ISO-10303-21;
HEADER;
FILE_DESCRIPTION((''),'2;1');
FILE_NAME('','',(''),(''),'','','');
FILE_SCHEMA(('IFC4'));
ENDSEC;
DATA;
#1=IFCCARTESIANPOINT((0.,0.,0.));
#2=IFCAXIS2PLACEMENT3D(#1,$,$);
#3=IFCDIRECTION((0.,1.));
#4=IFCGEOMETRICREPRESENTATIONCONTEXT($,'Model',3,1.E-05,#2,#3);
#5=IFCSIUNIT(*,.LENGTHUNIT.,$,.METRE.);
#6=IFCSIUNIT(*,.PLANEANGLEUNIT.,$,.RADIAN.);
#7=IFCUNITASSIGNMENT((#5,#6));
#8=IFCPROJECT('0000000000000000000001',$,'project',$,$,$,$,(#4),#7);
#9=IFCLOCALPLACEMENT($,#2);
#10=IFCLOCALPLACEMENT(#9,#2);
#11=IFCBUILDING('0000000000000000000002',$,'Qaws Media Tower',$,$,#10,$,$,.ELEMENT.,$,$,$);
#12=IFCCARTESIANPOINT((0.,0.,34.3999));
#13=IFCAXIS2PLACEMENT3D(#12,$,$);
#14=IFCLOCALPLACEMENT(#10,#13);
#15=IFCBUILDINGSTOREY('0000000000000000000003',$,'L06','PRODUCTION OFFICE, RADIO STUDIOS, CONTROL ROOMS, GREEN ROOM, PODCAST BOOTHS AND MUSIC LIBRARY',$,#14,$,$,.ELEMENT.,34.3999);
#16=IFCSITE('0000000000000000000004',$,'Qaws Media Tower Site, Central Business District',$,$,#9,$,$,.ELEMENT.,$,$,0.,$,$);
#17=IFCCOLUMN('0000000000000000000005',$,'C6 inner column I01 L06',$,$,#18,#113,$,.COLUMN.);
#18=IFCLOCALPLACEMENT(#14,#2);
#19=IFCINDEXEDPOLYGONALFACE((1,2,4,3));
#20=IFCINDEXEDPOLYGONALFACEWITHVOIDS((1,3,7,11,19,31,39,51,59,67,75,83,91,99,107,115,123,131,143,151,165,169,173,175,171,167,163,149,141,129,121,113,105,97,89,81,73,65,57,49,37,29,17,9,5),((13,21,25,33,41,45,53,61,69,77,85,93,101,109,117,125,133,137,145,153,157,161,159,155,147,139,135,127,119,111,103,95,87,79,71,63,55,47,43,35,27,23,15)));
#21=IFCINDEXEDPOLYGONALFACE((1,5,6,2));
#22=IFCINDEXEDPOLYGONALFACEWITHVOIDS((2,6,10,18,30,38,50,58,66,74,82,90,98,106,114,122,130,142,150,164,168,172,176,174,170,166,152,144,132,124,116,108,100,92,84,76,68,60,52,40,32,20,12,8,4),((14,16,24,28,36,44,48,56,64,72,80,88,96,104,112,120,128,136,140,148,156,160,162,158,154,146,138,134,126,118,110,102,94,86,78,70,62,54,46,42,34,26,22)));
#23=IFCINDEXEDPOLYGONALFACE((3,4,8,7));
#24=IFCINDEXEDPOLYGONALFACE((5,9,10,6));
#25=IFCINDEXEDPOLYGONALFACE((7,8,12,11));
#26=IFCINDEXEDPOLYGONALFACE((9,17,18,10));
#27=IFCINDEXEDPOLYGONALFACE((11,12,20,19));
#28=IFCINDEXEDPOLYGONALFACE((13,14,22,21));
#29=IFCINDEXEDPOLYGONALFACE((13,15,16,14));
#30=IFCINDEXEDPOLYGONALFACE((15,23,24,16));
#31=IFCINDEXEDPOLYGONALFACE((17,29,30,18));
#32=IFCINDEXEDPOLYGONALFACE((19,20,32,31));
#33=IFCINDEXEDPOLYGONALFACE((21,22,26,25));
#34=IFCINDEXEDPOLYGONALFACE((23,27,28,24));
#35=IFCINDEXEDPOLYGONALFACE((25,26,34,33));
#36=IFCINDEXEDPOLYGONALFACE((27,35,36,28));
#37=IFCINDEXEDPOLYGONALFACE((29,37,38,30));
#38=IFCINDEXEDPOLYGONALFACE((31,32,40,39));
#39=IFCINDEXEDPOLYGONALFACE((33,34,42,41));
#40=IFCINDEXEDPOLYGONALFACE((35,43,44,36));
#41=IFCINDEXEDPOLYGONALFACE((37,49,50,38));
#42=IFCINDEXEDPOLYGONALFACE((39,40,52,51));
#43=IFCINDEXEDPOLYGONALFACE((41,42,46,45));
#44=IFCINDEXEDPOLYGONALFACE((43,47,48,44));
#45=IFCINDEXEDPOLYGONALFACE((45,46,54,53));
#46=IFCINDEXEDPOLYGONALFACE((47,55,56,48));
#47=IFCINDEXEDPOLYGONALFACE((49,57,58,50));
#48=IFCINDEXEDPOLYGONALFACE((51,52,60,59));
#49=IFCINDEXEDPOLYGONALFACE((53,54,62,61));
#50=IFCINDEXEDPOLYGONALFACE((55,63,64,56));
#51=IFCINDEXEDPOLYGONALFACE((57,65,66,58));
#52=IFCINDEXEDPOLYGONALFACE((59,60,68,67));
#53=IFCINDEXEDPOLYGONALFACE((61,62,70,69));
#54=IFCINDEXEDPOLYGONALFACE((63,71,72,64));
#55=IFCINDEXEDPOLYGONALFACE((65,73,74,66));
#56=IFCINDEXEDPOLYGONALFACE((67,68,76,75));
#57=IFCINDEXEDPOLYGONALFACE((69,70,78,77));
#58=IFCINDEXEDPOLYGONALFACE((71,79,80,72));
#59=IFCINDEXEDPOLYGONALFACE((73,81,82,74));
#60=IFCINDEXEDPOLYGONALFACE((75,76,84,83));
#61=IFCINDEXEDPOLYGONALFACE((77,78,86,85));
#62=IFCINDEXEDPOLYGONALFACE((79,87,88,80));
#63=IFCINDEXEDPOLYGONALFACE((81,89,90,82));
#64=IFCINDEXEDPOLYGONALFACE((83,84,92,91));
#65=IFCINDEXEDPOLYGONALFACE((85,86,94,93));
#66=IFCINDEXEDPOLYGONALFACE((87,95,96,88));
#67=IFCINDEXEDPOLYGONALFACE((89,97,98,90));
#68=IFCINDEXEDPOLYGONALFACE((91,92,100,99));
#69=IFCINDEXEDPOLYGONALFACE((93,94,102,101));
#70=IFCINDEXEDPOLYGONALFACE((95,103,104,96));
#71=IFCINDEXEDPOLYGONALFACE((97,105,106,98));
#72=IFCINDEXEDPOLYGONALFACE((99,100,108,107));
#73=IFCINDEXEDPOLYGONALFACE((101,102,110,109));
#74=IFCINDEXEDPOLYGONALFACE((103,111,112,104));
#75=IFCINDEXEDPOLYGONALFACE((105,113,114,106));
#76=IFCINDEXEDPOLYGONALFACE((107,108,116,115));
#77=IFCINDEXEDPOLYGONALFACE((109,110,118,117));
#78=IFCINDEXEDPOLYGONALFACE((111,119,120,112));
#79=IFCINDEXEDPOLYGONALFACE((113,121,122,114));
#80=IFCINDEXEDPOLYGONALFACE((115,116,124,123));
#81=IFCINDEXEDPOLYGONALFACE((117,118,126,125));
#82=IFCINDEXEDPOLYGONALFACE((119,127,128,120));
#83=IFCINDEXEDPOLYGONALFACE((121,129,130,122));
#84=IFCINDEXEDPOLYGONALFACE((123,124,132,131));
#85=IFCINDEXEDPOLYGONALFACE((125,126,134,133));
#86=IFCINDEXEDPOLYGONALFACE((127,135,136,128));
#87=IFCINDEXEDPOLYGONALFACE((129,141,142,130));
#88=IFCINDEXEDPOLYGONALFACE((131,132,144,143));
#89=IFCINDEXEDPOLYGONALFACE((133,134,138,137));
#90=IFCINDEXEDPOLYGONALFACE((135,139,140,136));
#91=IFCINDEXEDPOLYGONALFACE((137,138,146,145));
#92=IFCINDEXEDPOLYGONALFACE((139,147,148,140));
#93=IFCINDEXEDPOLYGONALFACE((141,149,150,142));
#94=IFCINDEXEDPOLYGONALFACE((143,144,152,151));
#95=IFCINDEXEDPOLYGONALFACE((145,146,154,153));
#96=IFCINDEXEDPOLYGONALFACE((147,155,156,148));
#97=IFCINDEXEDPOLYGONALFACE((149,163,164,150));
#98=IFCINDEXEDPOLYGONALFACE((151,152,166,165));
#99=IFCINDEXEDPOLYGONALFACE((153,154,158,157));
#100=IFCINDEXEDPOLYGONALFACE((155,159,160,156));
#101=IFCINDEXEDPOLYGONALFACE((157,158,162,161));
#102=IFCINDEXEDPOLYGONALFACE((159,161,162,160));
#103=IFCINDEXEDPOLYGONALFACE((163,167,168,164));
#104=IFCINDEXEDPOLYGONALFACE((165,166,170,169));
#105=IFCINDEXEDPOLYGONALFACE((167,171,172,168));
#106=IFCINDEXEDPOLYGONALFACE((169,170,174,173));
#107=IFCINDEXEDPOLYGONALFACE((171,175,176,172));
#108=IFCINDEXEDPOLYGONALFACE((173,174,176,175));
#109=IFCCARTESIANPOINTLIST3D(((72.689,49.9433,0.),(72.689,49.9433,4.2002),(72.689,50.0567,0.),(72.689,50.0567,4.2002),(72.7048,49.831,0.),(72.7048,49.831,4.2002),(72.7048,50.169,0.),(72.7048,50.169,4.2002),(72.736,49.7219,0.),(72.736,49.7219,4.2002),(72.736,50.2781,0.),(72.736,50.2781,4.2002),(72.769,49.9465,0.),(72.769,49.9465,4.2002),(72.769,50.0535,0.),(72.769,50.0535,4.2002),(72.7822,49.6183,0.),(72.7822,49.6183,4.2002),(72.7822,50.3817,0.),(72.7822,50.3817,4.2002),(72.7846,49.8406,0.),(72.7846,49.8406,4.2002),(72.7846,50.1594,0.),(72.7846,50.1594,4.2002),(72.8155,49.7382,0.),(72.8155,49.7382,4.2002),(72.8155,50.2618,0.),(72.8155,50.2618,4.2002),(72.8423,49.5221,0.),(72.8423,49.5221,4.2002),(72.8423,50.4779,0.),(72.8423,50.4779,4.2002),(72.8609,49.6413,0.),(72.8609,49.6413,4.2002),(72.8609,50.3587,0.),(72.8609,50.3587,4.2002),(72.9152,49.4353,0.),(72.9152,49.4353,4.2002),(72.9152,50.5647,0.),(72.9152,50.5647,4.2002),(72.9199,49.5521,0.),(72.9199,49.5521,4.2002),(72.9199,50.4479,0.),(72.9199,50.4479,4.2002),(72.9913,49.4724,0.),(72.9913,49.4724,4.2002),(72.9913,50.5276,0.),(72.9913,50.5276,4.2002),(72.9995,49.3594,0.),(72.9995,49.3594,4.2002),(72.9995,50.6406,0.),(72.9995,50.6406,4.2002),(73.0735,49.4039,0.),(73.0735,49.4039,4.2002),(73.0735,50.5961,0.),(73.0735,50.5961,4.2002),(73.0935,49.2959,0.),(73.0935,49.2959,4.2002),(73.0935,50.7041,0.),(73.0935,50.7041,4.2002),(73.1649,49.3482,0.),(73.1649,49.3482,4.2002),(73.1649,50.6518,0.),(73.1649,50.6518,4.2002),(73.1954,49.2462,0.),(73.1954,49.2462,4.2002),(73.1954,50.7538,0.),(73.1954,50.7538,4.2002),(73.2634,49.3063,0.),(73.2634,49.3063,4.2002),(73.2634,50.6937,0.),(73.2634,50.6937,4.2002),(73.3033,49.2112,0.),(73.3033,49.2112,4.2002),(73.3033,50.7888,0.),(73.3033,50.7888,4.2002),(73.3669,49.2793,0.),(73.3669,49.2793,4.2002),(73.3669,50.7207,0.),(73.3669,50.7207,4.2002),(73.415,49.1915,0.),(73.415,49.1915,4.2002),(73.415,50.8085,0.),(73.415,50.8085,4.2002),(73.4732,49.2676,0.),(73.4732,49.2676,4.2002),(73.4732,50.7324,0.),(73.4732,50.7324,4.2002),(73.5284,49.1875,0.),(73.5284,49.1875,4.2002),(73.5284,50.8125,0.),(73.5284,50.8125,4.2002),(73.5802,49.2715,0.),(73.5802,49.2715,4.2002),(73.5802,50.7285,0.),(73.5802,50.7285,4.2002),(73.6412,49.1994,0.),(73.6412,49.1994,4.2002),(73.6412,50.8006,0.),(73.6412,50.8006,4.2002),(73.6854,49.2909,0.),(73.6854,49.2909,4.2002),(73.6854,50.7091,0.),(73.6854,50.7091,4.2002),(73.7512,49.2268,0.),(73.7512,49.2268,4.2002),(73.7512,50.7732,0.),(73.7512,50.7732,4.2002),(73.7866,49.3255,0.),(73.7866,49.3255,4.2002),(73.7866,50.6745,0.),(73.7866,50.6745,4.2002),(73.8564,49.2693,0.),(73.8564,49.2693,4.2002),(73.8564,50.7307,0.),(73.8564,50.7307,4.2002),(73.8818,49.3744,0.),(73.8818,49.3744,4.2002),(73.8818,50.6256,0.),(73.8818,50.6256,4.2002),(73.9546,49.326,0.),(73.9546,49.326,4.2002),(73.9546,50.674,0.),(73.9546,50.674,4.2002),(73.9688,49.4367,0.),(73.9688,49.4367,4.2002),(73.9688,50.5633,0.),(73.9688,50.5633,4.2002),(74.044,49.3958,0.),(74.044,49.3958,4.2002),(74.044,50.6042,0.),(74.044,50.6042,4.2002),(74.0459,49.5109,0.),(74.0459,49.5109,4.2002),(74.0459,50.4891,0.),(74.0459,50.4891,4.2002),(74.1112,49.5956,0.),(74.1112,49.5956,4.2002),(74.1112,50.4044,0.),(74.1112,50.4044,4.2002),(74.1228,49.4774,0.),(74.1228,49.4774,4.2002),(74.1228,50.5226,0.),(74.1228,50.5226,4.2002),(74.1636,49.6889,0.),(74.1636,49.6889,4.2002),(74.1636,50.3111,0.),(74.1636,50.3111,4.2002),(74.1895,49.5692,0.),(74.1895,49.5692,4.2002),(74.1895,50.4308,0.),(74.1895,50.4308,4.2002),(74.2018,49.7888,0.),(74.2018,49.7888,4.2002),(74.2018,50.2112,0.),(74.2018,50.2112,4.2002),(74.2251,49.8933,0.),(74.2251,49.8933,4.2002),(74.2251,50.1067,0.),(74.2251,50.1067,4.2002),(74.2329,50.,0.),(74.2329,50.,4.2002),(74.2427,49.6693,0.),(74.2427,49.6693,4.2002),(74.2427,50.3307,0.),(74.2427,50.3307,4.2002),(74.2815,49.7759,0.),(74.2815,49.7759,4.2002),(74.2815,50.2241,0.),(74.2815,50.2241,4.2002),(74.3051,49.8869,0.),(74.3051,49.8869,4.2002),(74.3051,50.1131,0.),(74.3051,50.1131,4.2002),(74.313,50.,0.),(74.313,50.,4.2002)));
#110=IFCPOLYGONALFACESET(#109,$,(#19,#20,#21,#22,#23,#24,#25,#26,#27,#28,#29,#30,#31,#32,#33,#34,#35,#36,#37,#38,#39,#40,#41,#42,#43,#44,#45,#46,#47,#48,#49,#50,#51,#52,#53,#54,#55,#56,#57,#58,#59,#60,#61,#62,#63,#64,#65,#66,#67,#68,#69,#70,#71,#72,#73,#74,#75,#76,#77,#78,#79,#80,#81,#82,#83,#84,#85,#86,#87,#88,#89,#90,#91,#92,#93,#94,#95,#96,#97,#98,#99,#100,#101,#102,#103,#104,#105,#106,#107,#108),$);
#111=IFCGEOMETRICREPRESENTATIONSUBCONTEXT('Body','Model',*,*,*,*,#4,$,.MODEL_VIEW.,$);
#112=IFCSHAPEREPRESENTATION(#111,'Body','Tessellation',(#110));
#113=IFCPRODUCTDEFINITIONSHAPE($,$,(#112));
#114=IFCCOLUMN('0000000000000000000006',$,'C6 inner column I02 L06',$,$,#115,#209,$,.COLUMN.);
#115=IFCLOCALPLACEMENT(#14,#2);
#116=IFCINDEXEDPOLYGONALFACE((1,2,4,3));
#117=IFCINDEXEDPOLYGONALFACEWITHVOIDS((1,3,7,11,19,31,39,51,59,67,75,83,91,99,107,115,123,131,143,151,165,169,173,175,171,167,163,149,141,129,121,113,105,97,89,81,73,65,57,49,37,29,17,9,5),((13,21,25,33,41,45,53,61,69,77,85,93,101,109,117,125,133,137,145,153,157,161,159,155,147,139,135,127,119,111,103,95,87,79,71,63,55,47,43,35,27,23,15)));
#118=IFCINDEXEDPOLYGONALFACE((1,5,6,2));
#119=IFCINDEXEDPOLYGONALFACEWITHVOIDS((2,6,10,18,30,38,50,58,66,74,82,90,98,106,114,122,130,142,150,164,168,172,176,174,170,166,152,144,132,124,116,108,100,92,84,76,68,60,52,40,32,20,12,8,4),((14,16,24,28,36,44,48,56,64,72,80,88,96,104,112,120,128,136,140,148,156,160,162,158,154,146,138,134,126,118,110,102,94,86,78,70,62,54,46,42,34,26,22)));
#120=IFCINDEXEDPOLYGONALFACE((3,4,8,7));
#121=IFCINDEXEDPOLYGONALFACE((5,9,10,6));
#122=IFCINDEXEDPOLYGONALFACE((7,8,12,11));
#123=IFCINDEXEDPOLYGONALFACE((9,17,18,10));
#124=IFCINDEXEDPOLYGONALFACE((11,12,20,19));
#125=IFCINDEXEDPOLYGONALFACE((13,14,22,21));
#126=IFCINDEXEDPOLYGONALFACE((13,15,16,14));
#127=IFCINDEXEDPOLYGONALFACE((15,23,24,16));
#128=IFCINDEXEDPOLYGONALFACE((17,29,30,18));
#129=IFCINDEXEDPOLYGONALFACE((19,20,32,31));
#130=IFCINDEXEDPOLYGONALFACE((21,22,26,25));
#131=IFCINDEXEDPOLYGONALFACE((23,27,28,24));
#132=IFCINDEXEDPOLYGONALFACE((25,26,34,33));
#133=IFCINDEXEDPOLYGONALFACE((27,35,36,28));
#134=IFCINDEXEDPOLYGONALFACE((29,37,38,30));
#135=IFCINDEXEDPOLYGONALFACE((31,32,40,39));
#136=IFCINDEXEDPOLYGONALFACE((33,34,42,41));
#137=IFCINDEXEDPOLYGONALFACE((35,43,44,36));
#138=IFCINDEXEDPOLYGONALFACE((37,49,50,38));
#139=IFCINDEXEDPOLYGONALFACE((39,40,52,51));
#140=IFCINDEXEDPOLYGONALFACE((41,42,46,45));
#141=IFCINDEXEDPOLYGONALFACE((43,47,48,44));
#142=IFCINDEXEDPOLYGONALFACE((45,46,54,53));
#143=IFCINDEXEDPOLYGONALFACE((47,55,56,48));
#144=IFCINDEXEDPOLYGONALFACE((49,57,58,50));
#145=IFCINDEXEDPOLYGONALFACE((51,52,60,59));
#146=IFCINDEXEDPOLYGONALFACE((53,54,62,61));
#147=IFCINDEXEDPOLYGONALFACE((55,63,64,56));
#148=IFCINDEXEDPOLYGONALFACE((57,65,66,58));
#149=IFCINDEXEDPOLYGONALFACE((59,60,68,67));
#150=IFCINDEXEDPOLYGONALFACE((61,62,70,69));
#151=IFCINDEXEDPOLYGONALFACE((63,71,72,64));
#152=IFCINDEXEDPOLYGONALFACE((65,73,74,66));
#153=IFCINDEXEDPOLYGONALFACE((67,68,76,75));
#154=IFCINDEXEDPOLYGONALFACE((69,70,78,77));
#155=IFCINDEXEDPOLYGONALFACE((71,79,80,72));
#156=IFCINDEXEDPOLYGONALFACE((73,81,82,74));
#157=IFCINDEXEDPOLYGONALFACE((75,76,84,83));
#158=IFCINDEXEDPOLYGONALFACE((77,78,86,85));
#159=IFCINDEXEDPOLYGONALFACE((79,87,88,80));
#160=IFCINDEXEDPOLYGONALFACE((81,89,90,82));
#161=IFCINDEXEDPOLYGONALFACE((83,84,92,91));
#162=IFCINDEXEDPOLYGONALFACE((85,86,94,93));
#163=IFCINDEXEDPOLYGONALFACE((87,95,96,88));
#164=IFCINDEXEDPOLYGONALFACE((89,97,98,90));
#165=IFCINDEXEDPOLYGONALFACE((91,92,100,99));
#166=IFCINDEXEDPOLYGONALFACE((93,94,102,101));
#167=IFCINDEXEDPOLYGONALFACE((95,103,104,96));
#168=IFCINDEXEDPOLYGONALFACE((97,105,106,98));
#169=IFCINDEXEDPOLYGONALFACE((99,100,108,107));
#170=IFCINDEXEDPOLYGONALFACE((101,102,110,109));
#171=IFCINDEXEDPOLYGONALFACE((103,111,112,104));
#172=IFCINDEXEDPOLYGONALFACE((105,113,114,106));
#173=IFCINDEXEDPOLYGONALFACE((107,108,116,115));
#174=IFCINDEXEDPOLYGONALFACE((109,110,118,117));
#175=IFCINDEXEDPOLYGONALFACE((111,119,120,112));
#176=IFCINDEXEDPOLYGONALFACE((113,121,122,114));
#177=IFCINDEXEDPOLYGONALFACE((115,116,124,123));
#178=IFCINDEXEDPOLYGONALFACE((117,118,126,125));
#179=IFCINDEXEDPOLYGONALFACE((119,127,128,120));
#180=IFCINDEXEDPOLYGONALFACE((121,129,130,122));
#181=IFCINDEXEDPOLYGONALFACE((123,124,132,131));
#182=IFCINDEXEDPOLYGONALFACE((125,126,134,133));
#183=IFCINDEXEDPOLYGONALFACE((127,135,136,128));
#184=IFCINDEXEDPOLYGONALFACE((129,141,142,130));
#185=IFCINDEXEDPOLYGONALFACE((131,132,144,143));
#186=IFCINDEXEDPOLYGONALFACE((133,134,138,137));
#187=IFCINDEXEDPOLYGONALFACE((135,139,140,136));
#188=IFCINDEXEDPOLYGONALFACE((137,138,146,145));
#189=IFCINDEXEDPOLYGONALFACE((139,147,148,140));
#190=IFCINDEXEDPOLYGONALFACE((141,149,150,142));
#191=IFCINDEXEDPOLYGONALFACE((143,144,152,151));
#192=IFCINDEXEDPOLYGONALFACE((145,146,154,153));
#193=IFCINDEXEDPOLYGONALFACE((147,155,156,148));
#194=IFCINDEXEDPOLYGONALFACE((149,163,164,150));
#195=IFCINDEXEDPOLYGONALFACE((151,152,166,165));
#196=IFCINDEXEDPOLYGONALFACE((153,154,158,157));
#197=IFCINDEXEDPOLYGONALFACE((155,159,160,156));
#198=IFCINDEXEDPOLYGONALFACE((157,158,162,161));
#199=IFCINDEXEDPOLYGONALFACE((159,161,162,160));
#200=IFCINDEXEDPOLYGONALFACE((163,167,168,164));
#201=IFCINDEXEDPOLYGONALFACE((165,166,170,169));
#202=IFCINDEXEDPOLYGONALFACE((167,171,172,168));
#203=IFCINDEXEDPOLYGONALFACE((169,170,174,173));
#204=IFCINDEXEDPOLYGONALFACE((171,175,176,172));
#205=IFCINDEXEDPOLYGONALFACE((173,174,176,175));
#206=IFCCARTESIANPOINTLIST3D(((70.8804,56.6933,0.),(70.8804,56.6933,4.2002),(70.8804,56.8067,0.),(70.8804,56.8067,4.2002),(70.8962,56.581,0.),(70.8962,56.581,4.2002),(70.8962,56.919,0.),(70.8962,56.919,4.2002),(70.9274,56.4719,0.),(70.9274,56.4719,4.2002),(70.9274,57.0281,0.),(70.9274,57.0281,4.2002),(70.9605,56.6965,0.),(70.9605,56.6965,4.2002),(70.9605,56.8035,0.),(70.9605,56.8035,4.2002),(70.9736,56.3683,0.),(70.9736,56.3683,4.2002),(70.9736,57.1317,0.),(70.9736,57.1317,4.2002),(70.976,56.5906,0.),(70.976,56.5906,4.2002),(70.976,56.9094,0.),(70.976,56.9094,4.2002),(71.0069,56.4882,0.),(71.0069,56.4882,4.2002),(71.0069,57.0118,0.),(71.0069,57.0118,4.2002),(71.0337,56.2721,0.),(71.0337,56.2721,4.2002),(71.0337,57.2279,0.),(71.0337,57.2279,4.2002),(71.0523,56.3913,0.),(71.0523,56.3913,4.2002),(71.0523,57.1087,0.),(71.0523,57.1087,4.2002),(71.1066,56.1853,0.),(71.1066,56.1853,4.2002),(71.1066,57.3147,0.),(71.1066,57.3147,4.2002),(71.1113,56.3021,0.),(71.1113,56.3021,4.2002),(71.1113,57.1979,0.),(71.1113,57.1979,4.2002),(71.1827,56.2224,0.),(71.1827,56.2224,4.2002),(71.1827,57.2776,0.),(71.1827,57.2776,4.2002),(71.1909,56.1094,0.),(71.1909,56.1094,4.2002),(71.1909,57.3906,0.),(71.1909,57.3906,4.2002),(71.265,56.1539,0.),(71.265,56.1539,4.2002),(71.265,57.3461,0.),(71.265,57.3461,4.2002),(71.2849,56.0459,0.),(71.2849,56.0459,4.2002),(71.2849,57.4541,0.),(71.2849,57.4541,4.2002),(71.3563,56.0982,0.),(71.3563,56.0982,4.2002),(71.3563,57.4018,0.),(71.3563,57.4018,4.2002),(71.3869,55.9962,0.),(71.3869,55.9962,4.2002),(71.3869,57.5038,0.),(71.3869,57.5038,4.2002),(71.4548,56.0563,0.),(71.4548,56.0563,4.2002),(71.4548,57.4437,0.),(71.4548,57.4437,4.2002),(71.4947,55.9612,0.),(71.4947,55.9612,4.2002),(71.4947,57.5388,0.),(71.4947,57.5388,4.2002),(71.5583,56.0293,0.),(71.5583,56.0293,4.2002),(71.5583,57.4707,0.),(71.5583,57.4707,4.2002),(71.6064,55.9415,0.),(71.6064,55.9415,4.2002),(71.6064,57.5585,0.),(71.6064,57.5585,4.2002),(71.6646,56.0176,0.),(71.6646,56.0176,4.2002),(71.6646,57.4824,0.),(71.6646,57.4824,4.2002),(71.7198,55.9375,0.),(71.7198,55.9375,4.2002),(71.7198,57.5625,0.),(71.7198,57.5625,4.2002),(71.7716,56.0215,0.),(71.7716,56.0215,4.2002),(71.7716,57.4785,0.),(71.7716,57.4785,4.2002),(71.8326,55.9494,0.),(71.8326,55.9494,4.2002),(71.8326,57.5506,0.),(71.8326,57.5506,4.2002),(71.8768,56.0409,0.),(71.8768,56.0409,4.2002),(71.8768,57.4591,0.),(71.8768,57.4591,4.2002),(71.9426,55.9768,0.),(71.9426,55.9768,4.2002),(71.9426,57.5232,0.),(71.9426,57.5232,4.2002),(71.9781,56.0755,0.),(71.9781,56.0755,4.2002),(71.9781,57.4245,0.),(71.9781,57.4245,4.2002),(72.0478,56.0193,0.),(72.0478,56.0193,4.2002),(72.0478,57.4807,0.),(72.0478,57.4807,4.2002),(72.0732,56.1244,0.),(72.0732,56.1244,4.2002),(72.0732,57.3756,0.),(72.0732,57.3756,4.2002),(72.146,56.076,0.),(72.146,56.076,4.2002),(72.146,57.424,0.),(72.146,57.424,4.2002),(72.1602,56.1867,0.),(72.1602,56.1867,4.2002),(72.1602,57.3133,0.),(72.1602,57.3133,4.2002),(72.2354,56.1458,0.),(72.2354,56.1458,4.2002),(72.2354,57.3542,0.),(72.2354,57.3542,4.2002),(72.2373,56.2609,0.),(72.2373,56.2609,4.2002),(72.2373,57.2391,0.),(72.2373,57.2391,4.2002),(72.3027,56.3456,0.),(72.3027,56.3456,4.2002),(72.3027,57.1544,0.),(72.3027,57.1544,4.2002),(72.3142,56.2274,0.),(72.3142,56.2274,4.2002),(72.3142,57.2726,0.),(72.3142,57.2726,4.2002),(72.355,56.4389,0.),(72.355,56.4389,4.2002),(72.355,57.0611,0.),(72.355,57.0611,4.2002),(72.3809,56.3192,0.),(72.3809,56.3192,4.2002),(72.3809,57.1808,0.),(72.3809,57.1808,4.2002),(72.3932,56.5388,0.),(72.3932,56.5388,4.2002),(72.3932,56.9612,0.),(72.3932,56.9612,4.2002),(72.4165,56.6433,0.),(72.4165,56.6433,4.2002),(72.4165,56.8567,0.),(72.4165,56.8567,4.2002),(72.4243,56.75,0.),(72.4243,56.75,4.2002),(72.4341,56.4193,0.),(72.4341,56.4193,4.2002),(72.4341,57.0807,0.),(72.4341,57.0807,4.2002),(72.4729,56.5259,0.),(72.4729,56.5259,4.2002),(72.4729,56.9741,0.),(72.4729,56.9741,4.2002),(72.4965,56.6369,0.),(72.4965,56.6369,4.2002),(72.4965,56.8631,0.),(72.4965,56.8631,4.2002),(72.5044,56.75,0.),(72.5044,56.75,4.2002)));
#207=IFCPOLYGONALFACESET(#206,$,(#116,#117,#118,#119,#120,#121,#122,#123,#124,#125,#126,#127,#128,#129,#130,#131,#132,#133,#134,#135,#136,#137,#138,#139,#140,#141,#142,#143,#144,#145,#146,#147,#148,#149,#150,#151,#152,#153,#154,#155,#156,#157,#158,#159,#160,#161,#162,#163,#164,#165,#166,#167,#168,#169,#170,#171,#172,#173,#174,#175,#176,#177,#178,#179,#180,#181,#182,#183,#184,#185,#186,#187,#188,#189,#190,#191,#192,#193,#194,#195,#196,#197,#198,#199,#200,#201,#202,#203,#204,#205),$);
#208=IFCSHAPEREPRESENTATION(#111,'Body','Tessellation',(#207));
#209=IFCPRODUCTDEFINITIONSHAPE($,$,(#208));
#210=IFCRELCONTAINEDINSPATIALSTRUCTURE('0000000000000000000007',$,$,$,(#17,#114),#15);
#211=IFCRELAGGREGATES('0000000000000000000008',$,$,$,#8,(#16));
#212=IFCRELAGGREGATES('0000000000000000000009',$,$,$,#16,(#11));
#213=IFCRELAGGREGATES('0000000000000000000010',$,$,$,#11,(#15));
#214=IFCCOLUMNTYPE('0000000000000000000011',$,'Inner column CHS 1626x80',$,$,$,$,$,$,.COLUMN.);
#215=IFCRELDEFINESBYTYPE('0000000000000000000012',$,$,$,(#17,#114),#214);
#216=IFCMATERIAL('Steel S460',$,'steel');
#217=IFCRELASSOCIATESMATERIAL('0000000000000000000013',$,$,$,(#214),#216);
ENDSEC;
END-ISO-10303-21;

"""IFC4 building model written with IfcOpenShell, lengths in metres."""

from ifc_helpers import new_model, si_unit, direction, frame, origin, origin_2d, place, context, subcontext, project, spatial, hollow_circle, extrude, material, material_profile, profile_set, type_object, element, save


model = new_model("IFC4")

# Units and contexts
model_context = context("Model", 3, precision=1e-05, world=origin(), true_north=direction((0.0, 1.0)))
body_context = subcontext(model_context, "Body", "Model", "MODEL_VIEW")
ifc_project = project(units=[si_unit("LENGTHUNIT", "METRE"), si_unit("PLANEANGLEUNIT", "RADIAN")], contexts=[model_context])

# Site, building, storey
site_placement = place(None, origin())
site = spatial("IfcSite", under=ifc_project, at=site_placement, Name="Qaws Media Tower Site, Central Business District", CompositionType="ELEMENT", RefElevation=0.0)
building_placement = place(site_placement, origin())
building = spatial("IfcBuilding", under=site, at=building_placement, Name="Qaws Media Tower", CompositionType="ELEMENT")
storey_placement = place(building_placement, frame((0.0, 0.0, 34.3999)))
storey = spatial("IfcBuildingStorey", under=building, at=storey_placement, Name="L06", Description="PRODUCTION OFFICE, RADIO STUDIOS, CONTROL ROOMS, GREEN ROOM, PODCAST BOOTHS AND MUSIC LIBRARY", CompositionType="ELEMENT", Elevation=34.3999)

# Columns
ifc_material_1 = material(Name="Steel S460", Category="steel")
ifc_material_profile_1 = material_profile(ifc_material_1, hollow_circle(Radius=0.813, WallThickness=0.0801, at=origin_2d()), Name="CHS 1626x80")
ifc_profile_set_1 = profile_set([ifc_material_profile_1], Name="Steel S460")
column_type = type_object("IfcColumnType", Name="Inner column CHS 1626x80", PredefinedType="COLUMN", material=ifc_profile_set_1)
for number, where, z_axis, x_axis, name in (
    (1, (73.5, 50.0, 0.0), (0.0, 0.0, 1.0), (1.0, 0.0, 0.0), "C6 inner column I01 L06"),
    (2, (71.6914, 56.75, 0.0), (0.0, 0.0, 1.0), (1.0, 0.0, 0.0), "C6 inner column I02 L06"),
):
    element("IfcColumn", number, at=place(storey_placement, frame(where, z_axis=z_axis, x_axis=x_axis)), inside=storey, type_object=column_type, Name=name, PredefinedType="COLUMN", context=body_context, shape_type="SweptSolid", body=[
        extrude(hollow_circle(Radius=0.813, WallThickness=0.0801, at=origin_2d()), origin(), (0.0, 0.0, 1.0), 4.2002),
    ])

save(model, "model.ifc")
